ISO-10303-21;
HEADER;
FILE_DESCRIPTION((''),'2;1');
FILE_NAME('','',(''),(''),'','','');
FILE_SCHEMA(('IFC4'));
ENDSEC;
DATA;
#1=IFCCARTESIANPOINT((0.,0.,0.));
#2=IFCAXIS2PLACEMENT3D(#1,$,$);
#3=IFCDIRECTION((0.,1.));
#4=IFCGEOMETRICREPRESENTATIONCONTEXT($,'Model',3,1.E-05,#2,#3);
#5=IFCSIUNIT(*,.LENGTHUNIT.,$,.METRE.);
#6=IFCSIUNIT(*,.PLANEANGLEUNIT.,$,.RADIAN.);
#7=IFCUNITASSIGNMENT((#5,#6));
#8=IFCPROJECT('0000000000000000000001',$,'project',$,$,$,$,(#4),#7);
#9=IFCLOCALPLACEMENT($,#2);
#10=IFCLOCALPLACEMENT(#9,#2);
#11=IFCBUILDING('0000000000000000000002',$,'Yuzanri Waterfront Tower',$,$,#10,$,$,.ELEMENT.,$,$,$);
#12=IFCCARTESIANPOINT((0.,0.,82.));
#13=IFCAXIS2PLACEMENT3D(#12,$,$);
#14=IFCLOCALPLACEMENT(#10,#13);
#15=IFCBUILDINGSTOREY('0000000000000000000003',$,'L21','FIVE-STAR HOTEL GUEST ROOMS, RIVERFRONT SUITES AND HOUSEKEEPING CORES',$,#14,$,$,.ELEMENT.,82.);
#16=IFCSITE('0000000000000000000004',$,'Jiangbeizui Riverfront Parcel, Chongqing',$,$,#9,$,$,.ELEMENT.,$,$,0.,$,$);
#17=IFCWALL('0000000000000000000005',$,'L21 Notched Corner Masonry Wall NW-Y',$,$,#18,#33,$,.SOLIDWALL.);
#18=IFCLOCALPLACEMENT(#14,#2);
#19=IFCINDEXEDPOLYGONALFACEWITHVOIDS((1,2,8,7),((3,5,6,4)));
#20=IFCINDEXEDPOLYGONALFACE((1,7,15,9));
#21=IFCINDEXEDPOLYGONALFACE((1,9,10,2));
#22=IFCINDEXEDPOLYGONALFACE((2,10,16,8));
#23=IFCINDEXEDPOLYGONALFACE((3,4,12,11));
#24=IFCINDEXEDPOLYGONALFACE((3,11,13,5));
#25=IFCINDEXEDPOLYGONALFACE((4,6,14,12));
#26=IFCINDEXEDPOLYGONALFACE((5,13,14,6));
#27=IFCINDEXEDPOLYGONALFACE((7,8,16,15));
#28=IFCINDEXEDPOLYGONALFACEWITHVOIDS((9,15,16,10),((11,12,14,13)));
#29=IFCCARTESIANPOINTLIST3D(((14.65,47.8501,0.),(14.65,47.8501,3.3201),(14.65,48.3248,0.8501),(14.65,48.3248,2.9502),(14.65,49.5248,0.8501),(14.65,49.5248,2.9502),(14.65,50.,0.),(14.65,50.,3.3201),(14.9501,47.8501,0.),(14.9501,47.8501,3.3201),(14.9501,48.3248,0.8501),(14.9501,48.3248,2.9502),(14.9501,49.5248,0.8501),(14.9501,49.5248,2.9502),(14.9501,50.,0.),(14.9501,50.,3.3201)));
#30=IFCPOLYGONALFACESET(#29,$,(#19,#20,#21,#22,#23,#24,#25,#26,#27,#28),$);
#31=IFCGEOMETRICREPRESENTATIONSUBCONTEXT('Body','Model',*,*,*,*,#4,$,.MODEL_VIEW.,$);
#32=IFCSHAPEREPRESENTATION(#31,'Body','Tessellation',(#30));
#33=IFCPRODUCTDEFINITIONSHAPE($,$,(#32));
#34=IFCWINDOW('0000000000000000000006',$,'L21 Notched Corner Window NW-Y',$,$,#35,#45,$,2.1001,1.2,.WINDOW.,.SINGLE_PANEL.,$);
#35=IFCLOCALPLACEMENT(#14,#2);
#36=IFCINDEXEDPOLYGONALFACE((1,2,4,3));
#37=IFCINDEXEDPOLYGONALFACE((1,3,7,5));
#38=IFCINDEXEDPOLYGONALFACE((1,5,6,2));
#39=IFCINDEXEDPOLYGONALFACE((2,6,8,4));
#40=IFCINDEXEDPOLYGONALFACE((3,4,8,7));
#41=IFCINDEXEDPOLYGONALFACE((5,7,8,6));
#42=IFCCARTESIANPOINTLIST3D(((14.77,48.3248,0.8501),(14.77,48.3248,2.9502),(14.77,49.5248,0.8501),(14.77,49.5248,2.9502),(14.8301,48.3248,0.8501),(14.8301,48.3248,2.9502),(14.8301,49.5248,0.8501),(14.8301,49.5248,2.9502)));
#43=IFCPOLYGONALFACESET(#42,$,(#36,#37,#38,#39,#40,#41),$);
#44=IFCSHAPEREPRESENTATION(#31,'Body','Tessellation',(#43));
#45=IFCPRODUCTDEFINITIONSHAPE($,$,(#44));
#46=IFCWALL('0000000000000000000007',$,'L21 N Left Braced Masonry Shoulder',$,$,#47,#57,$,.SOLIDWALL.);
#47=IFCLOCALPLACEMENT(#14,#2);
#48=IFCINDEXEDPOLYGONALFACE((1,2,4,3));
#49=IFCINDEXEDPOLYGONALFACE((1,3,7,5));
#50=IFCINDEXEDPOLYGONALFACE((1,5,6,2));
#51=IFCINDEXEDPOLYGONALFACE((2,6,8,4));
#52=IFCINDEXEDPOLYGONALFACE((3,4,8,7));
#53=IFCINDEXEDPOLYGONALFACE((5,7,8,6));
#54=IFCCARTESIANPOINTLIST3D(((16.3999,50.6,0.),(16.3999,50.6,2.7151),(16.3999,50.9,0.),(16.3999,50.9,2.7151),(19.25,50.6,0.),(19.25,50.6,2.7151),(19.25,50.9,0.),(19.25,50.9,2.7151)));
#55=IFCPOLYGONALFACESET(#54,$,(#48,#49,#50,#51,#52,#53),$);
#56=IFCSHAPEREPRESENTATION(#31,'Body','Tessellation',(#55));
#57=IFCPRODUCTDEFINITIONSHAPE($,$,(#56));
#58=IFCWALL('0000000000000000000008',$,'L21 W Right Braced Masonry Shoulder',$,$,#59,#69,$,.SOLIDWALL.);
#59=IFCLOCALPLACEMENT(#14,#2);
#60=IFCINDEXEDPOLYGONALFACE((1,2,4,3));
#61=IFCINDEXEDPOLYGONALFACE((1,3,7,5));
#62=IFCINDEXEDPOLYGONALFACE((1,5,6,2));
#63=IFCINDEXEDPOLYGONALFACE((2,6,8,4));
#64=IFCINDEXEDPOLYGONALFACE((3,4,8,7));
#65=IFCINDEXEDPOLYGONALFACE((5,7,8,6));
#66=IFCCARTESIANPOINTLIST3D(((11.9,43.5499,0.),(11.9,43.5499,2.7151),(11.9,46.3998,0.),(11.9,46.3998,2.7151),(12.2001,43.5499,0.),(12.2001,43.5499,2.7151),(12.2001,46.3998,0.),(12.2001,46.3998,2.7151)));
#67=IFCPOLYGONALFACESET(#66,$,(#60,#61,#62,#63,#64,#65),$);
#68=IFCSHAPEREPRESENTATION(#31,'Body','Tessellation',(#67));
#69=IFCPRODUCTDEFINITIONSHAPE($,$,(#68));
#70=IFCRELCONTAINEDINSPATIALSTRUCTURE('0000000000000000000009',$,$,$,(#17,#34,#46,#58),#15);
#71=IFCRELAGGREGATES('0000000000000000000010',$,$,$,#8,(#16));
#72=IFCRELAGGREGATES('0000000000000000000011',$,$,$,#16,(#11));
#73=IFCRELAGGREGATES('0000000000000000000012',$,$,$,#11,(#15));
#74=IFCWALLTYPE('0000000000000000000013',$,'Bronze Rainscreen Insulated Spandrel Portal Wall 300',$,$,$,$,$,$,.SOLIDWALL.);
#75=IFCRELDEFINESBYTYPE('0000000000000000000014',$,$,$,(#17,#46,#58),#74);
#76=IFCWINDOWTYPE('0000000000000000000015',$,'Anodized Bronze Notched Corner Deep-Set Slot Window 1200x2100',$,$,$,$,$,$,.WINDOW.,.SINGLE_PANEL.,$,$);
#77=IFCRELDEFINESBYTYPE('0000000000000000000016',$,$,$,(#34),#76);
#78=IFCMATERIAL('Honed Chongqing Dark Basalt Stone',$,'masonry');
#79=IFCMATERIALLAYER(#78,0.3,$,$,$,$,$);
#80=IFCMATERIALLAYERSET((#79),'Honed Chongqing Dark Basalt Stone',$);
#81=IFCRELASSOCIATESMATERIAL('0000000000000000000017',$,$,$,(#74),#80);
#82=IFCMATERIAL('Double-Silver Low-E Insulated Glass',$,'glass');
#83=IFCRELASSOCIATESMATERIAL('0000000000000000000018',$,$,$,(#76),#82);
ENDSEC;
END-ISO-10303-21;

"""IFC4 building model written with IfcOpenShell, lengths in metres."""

from ifc_helpers import new_model, si_unit, direction, frame, frame_2d, origin, place, context, subcontext, project, spatial, rectangle, extrude, source, transform, mapped, material, layer, layer_set, type_object, element, fill, save


model = new_model("IFC4")

# Units and contexts
model_context = context("Model", 3, precision=1e-05, world=origin(), true_north=direction((0.0, 1.0)))
body_context = subcontext(model_context, "Body", "Model", "MODEL_VIEW")
ifc_project = project(units=[si_unit("LENGTHUNIT", "METRE"), si_unit("PLANEANGLEUNIT", "RADIAN")], contexts=[model_context])

# Site, building, storey
site_placement = place(None, origin())
site = spatial("IfcSite", under=ifc_project, at=site_placement, Name="Jiangbeizui Riverfront Parcel, Chongqing", CompositionType="ELEMENT", RefElevation=0.0)
building_placement = place(site_placement, origin())
building = spatial("IfcBuilding", under=site, at=building_placement, Name="Yuzanri Waterfront Tower", CompositionType="ELEMENT")
storey_placement = place(building_placement, frame((0.0, 0.0, 82.0)))
storey = spatial("IfcBuildingStorey", under=building, at=storey_placement, Name="L21", Description="FIVE-STAR HOTEL GUEST ROOMS, RIVERFRONT SUITES AND HOUSEKEEPING CORES", CompositionType="ELEMENT", Elevation=82.0)

# Wall, opening, window
ifc_material_1 = material(Name="Honed Chongqing Dark Basalt Stone", Category="masonry")
ifc_layer_1 = layer(ifc_material_1, 0.3)
ifc_layer_set_1 = layer_set([ifc_layer_1], Name="Honed Chongqing Dark Basalt Stone")
wall_type = type_object("IfcWallType", Name="Bronze Rainscreen Insulated Spandrel Portal Wall 300", PredefinedType="SOLIDWALL", material=ifc_layer_set_1)
wall_1_placement = place(storey_placement, frame((14.8, 50.0, 0.0), z_axis=(0.0, 0.0, 1.0), x_axis=(0.0, -1.0, 0.0)))
wall_1 = element("IfcWall", 1, at=wall_1_placement, inside=storey, type_object=wall_type, Name="L21 Notched Corner Masonry Wall NW-Y", PredefinedType="SOLIDWALL", context=body_context, shape_type="SweptSolid", body=[
    extrude(rectangle(XDim=2.1499, YDim=0.3, at=frame_2d((1.075, 0.0))), origin(), (0.0, 0.0, 1.0), 3.3201),
])
opening_1_placement = place(wall_1_placement, frame((0.4751, 0.0, 0.8501)))
opening_1 = element("IfcOpeningElement", 2, at=opening_1_placement, cuts=wall_1, PredefinedType="OPENING", context=body_context, shape_type="SweptSolid", body=[
    extrude(rectangle(XDim=1.2, YDim=2.1001, at=frame_2d((0.6001, 1.05))), frame((0.0, 0.165, 0.0), z_axis=(0.0, -1.0, 0.0), x_axis=(1.0, 0.0, 0.0)), (0.0, 0.0, 1.0), 0.3298),
])
ifc_material_2 = material(Name="Double-Silver Low-E Insulated Glass", Category="glass")
window_type_1 = type_object("IfcWindowType", Name="Anodized Bronze Notched Corner Deep-Set Slot Window 1200x2100", PartitioningType="SINGLE_PANEL", PredefinedType="WINDOW", material=ifc_material_2)
shared_shape_1 = source(origin(), body_context, "Body", "SweptSolid", [
    extrude(rectangle(XDim=1.2, YDim=2.1001, at=frame_2d((0.6001, 1.05))), frame((0.0, 0.03, 0.0), z_axis=(0.0, -1.0, 0.0), x_axis=(1.0, 0.0, 0.0)), (0.0, 0.0, 1.0), 0.0601),
])
window_1_placement = place(opening_1_placement, origin())
window_1 = element("IfcWindow", 3, at=window_1_placement, inside=storey, type_object=window_type_1, Name="L21 Notched Corner Window NW-Y", OverallHeight=2.1001, OverallWidth=1.2, PartitioningType="SINGLE_PANEL", PredefinedType="WINDOW", context=body_context, shape_type="MappedRepresentation", body=[
    mapped(shared_shape_1, transform((0.0, 0.0, 0.0), scale=1.0)),
])
fill(opening_1, window_1)

# Walls
shared_shape_2 = source(origin(), body_context, "Body", "SweptSolid", [
    extrude(rectangle(XDim=2.8501, YDim=0.3, at=frame_2d((1.425, 0.0))), origin(), (0.0, 0.0, 1.0), 2.7151),
])
wall_2_placement = place(storey_placement, frame((16.3999, 50.75, 0.0), z_axis=(0.0, 0.0, 1.0), x_axis=(1.0, 0.0, 0.0)))
element("IfcWall", 4, at=wall_2_placement, inside=storey, type_object=wall_type, Name="L21 N Left Braced Masonry Shoulder", PredefinedType="SOLIDWALL", context=body_context, shape_type="MappedRepresentation", body=[
    mapped(shared_shape_2, transform((0.0, 0.0, 0.0), scale=1.0)),
])
shared_shape_3 = source(origin(), body_context, "Body", "SweptSolid", [
    extrude(rectangle(XDim=2.8499, YDim=0.3, at=frame_2d((1.4248, 0.0))), origin(), (0.0, 0.0, 1.0), 2.7151),
])
wall_3_placement = place(storey_placement, frame((12.05, 43.55, 0.0), z_axis=(0.0, 0.0, 1.0), x_axis=(0.0, 1.0, 0.0)))
element("IfcWall", 5, at=wall_3_placement, inside=storey, type_object=wall_type, Name="L21 W Right Braced Masonry Shoulder", PredefinedType="SOLIDWALL", context=body_context, shape_type="MappedRepresentation", body=[
    mapped(shared_shape_3, transform((0.0, 0.0, 0.0), scale=1.0)),
])

save(model, "model.ifc")
